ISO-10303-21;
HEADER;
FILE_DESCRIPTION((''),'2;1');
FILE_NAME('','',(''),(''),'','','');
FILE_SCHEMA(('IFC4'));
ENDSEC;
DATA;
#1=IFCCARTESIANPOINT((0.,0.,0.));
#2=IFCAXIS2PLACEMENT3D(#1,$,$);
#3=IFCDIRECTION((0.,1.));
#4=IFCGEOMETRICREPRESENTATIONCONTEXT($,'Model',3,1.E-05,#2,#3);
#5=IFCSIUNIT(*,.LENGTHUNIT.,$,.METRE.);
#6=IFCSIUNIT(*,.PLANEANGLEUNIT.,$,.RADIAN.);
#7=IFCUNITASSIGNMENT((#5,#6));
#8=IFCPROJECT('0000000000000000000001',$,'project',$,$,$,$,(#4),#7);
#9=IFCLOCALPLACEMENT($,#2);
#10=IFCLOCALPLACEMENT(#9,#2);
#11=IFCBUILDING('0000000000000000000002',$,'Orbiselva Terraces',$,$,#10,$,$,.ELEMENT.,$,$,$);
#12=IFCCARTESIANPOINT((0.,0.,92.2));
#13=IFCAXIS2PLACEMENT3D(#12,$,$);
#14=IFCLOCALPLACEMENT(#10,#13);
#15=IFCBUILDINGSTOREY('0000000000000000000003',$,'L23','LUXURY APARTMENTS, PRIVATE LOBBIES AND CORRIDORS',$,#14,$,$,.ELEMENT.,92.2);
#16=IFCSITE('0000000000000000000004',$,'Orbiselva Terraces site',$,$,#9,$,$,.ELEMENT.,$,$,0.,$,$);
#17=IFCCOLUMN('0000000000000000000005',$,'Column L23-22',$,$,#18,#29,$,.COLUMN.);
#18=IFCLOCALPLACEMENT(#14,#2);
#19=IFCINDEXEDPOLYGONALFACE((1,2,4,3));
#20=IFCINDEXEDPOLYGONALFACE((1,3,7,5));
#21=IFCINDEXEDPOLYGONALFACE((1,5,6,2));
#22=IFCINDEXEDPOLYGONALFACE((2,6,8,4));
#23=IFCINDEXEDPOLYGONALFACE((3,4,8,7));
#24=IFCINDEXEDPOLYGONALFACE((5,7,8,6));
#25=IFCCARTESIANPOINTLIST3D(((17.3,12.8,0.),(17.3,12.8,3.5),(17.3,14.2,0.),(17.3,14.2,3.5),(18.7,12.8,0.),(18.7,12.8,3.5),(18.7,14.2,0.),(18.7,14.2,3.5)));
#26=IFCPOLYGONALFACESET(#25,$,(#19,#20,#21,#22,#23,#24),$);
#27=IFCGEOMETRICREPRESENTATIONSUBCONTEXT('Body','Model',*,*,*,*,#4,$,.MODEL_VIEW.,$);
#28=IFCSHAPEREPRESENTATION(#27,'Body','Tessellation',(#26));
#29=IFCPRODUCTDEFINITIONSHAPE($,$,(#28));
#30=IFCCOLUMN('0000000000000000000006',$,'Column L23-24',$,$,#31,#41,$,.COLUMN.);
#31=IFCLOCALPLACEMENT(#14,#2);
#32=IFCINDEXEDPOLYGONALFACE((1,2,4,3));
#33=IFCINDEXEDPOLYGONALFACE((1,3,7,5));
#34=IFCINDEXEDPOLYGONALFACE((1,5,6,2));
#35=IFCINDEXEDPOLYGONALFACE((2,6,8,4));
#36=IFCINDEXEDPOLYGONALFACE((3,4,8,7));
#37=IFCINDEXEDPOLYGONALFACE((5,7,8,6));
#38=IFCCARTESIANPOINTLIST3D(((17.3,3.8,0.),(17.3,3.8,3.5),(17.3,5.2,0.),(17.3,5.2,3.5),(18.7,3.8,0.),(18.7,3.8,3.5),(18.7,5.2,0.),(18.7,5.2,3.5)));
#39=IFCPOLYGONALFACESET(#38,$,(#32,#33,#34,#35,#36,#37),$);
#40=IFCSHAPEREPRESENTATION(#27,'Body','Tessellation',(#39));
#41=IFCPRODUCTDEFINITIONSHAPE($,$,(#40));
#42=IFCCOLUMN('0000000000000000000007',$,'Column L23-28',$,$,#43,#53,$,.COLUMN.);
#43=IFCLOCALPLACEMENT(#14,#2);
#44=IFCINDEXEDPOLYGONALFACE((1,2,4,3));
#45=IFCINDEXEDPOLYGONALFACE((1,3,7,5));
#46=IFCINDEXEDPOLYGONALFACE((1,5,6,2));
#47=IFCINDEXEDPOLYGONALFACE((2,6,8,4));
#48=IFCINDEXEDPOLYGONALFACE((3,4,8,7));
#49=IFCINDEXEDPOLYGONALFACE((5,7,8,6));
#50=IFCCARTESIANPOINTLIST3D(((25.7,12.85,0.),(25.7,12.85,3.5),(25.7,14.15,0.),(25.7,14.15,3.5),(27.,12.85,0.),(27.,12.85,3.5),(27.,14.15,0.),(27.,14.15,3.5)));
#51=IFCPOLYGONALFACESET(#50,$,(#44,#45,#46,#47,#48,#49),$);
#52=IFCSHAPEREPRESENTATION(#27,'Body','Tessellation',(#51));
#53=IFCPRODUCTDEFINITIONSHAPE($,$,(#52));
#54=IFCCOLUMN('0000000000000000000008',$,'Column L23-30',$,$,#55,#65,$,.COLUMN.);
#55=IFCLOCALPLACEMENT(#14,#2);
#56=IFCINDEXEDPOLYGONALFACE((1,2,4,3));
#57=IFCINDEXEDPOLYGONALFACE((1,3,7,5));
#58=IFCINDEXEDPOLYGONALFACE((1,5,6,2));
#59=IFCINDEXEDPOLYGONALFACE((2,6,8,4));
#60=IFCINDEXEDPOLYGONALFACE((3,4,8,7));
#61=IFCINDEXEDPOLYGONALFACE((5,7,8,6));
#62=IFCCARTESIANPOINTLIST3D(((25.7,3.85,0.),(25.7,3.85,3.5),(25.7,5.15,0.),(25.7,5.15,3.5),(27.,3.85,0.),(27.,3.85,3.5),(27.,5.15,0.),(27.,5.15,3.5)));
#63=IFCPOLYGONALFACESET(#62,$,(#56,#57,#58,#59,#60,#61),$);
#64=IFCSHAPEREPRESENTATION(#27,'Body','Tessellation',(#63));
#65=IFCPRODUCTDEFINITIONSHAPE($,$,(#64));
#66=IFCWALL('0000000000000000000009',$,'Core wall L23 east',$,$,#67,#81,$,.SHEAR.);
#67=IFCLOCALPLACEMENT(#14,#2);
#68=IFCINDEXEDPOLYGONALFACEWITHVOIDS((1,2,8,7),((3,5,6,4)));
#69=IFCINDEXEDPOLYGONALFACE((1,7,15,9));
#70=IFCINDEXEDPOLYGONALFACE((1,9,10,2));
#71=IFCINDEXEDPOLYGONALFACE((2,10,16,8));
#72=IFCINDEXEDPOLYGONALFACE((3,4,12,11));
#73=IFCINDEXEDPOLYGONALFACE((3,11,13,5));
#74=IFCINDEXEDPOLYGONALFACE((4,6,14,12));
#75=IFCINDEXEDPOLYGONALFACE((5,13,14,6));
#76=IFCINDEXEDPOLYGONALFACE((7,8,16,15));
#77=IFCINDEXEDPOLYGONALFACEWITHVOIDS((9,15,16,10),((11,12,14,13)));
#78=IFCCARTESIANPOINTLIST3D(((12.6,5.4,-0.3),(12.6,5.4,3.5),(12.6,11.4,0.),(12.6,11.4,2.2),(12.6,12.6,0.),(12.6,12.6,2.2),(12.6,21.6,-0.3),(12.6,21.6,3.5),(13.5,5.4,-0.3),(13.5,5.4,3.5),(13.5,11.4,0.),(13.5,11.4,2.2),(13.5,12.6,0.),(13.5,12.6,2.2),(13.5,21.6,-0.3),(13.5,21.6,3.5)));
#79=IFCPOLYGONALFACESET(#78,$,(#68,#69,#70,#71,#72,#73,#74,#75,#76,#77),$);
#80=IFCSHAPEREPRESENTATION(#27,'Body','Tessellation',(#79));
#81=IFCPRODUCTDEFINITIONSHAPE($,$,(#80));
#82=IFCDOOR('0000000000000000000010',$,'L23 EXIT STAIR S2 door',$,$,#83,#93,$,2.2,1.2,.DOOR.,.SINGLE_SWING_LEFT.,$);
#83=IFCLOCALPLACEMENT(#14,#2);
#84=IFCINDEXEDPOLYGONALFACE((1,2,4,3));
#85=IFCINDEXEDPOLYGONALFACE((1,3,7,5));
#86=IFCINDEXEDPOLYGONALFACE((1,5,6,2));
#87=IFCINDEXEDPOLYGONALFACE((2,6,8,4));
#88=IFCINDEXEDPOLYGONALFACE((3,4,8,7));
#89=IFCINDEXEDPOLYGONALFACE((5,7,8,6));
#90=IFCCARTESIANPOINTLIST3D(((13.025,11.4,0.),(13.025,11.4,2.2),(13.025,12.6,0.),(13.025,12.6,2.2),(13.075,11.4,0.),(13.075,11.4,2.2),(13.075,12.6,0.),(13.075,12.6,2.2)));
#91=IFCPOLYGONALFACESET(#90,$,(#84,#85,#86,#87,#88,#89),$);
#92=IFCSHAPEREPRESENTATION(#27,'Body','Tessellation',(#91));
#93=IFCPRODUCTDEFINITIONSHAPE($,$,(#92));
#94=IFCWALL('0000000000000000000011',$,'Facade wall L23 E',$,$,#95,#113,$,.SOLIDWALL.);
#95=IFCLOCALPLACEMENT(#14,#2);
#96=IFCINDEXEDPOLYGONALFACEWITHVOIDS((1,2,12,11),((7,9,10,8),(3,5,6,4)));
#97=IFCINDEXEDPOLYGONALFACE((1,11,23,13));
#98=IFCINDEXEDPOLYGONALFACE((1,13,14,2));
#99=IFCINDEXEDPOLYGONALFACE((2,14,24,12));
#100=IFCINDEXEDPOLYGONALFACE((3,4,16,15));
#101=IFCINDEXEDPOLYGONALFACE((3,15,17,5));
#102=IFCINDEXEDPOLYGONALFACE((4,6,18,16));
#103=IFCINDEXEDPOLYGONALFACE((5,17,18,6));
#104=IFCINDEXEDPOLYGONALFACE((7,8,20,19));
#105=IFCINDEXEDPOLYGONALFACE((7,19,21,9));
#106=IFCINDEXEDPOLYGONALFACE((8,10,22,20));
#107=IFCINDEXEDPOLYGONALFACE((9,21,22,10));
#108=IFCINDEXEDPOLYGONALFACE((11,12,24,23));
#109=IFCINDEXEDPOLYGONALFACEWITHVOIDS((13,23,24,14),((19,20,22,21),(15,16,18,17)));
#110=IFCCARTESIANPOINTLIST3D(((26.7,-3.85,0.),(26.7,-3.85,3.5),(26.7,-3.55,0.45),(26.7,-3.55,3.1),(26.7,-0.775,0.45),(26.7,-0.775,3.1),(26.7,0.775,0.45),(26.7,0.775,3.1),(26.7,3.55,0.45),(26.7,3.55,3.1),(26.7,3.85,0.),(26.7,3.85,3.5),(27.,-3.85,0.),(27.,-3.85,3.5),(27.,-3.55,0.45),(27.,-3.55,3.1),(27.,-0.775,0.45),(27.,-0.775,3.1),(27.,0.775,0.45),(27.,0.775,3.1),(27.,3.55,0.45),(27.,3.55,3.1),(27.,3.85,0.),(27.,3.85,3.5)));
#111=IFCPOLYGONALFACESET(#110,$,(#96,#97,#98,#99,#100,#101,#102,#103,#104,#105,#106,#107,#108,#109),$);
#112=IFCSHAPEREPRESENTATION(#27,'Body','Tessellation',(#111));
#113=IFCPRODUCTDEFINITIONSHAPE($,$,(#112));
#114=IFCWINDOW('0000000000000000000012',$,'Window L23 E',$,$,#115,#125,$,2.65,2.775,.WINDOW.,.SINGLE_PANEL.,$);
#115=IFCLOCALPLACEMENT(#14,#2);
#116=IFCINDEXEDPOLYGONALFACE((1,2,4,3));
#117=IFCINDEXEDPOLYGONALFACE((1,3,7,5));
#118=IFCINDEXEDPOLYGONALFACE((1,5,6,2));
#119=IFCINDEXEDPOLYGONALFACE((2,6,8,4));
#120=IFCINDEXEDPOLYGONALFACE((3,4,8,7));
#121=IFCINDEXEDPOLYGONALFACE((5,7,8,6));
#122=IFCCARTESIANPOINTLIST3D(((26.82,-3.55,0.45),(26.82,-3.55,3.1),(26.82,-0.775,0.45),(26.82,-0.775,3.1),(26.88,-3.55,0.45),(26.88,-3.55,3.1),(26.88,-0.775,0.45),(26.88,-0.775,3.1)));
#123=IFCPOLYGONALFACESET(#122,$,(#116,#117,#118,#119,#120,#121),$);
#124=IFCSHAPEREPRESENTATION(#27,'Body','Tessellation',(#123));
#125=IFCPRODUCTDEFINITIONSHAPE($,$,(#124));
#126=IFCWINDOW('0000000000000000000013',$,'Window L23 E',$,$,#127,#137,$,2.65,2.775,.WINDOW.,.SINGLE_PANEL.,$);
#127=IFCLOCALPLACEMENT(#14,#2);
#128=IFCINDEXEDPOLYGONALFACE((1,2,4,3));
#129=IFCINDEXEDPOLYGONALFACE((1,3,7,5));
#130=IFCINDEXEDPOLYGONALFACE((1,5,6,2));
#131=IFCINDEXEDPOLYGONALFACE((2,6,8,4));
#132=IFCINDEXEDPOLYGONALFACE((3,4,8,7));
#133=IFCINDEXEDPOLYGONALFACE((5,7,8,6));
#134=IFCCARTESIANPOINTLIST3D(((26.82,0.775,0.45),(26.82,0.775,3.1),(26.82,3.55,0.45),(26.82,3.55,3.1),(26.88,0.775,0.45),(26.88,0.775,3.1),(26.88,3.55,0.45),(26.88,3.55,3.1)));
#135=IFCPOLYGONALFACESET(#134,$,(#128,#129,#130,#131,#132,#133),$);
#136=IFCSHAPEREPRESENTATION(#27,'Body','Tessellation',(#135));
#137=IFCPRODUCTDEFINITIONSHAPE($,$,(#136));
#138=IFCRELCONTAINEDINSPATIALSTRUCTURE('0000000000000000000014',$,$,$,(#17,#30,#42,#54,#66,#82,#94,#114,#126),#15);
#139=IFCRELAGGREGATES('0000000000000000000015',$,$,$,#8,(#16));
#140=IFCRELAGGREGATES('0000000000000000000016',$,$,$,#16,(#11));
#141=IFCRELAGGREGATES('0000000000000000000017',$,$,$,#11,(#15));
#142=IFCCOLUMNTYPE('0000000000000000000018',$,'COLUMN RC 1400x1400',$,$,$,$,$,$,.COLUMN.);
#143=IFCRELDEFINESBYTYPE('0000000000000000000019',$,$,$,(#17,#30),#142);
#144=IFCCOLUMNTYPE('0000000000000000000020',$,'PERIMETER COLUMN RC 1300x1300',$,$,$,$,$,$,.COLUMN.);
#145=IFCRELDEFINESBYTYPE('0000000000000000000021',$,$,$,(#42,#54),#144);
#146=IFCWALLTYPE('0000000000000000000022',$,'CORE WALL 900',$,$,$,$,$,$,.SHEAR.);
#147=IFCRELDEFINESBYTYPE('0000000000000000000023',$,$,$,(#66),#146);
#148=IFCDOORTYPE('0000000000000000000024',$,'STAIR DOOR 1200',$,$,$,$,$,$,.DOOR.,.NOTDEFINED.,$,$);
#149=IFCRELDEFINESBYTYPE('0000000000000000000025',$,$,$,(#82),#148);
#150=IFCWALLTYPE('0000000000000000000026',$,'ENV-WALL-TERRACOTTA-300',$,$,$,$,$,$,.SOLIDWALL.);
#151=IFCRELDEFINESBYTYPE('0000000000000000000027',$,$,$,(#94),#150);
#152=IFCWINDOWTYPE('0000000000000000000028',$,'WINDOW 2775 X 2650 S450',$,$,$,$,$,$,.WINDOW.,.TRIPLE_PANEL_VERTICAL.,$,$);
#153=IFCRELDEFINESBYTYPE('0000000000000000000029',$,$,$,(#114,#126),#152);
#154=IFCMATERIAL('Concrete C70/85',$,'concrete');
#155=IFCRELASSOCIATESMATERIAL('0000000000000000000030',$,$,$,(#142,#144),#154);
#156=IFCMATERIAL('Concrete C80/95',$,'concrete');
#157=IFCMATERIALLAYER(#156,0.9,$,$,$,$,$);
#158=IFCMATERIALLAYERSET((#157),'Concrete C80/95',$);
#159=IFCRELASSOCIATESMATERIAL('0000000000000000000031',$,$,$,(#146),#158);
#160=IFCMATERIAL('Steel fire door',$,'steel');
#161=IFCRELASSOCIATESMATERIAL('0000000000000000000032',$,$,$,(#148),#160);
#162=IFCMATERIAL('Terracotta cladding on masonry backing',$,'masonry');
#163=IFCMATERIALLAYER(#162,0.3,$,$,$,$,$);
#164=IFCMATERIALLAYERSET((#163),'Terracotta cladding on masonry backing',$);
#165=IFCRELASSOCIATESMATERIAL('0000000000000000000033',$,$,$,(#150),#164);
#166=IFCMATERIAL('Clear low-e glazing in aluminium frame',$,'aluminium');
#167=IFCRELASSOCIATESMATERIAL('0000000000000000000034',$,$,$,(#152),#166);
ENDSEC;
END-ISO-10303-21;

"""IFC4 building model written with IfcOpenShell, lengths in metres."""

from ifc_helpers import new_model, si_unit, direction, frame, frame_2d, origin, origin_2d, place, context, subcontext, project, spatial, rectangle, extrude, material, layer, layer_set, material_profile, profile_set, type_object, element, fill, save


model = new_model("IFC4")

# Units and contexts
model_context = context("Model", 3, precision=1e-05, world=origin(), true_north=direction((0.0, 1.0)))
body_context = subcontext(model_context, "Body", "Model", "MODEL_VIEW")
ifc_project = project(units=[si_unit("LENGTHUNIT", "METRE"), si_unit("PLANEANGLEUNIT", "RADIAN")], contexts=[model_context])

# Site, building, storey
site_placement = place(None, origin())
site = spatial("IfcSite", under=ifc_project, at=site_placement, Name="Orbiselva Terraces site", CompositionType="ELEMENT", RefElevation=0.0)
building_placement = place(site_placement, origin())
building = spatial("IfcBuilding", under=site, at=building_placement, Name="Orbiselva Terraces", CompositionType="ELEMENT")
storey_placement = place(building_placement, frame((0.0, 0.0, 92.2)))
storey = spatial("IfcBuildingStorey", under=building, at=storey_placement, Name="L23", Description="LUXURY APARTMENTS, PRIVATE LOBBIES AND CORRIDORS", CompositionType="ELEMENT", Elevation=92.2)

# Columns
ifc_material_1 = material(Name="Concrete C70/85", Category="concrete")
ifc_material_profile_1 = material_profile(ifc_material_1, rectangle(XDim=1.4, YDim=1.4, at=origin_2d()), Name="RC 1400x1400")
ifc_profile_set_1 = profile_set([ifc_material_profile_1], Name="Concrete C70/85")
column_type_1 = type_object("IfcColumnType", Name="COLUMN RC 1400x1400", PredefinedType="COLUMN", material=ifc_profile_set_1)
for number, where, z_axis, x_axis, name in (
    (1, (18.0, 13.5, 0.0), (0.0, 0.0, 1.0), (1.0, 0.0, 0.0), "Column L23-22"),
    (2, (18.0, 4.5, 0.0), (0.0, 0.0, 1.0), (1.0, 0.0, 0.0), "Column L23-24"),
):
    element("IfcColumn", number, at=place(storey_placement, frame(where, z_axis=z_axis, x_axis=x_axis)), inside=storey, type_object=column_type_1, Name=name, PredefinedType="COLUMN", context=body_context, shape_type="SweptSolid", body=[
        extrude(rectangle(XDim=1.4, YDim=1.4, at=origin_2d()), origin(), (0.0, 0.0, 1.0), 3.5),
    ])
ifc_material_profile_2 = material_profile(ifc_material_1, rectangle(XDim=1.3, YDim=1.3, at=origin_2d()), Name="RC 1300x1300")
ifc_profile_set_2 = profile_set([ifc_material_profile_2], Name="Concrete C70/85")
column_type_2 = type_object("IfcColumnType", Name="PERIMETER COLUMN RC 1300x1300", PredefinedType="COLUMN", material=ifc_profile_set_2)
for number, where, z_axis, x_axis, name in (
    (3, (26.35, 13.5, 0.0), (0.0, 0.0, 1.0), (1.0, 0.0, 0.0), "Column L23-28"),
    (4, (26.35, 4.5, 0.0), (0.0, 0.0, 1.0), (1.0, 0.0, 0.0), "Column L23-30"),
):
    element("IfcColumn", number, at=place(storey_placement, frame(where, z_axis=z_axis, x_axis=x_axis)), inside=storey, type_object=column_type_2, Name=name, PredefinedType="COLUMN", context=body_context, shape_type="SweptSolid", body=[
        extrude(rectangle(XDim=1.3, YDim=1.3, at=origin_2d()), origin(), (0.0, 0.0, 1.0), 3.5),
    ])

# Wall, opening, door
ifc_material_2 = material(Name="Concrete C80/95", Category="concrete")
ifc_layer_1 = layer(ifc_material_2, 0.9)
ifc_layer_set_1 = layer_set([ifc_layer_1], Name="Concrete C80/95")
wall_type_1 = type_object("IfcWallType", Name="CORE WALL 900", PredefinedType="SHEAR", material=ifc_layer_set_1)
wall_1_placement = place(storey_placement, frame((13.05, 5.4, -0.3), z_axis=(0.0, 0.0, 1.0), x_axis=(0.0, 1.0, 0.0)))
wall_1 = element("IfcWall", 5, at=wall_1_placement, inside=storey, type_object=wall_type_1, Name="Core wall L23 east", PredefinedType="SHEAR", context=body_context, shape_type="SweptSolid", body=[
    extrude(rectangle(XDim=16.2, YDim=0.9, at=frame_2d((8.1, 0.0))), origin(), (0.0, 0.0, 1.0), 3.8),
])
opening_1_placement = place(wall_1_placement, frame((6.0, 0.0, 0.3)))
opening_1 = element("IfcOpeningElement", 6, at=opening_1_placement, cuts=wall_1, PredefinedType="OPENING", context=body_context, shape_type="SweptSolid", body=[
    extrude(rectangle(XDim=1.2, YDim=2.2, at=frame_2d((0.6, 1.1))), frame((0.0, 0.46, 0.0), z_axis=(0.0, -1.0, 0.0), x_axis=(1.0, 0.0, 0.0)), (0.0, 0.0, 1.0), 0.92),
])
ifc_material_3 = material(Name="Steel fire door", Category="steel")
door_type_1 = type_object("IfcDoorType", Name="STAIR DOOR 1200", OperationType="NOTDEFINED", PredefinedType="DOOR", material=ifc_material_3)
door_1_placement = place(opening_1_placement, frame((1.2, 0.0, 0.0), z_axis=(0.0, 0.0, 1.0), x_axis=(-1.0, 0.0, 0.0)))
door_1 = element("IfcDoor", 7, at=door_1_placement, inside=storey, type_object=door_type_1, Name="L23 EXIT STAIR S2 door", OperationType="SINGLE_SWING_LEFT", OverallHeight=2.2, OverallWidth=1.2, PredefinedType="DOOR", context=body_context, shape_type="SweptSolid", body=[
    extrude(rectangle(XDim=1.2, YDim=2.2, at=frame_2d((0.6, 1.1))), frame((0.0, 0.025, 0.0), z_axis=(0.0, -1.0, 0.0), x_axis=(1.0, 0.0, 0.0)), (0.0, 0.0, 1.0), 0.05),
])
fill(opening_1, door_1)

# Wall, openings, windows
ifc_material_4 = material(Name="Terracotta cladding on masonry backing", Category="masonry")
ifc_layer_2 = layer(ifc_material_4, 0.3)
ifc_layer_set_2 = layer_set([ifc_layer_2], Name="Terracotta cladding on masonry backing")
wall_type_2 = type_object("IfcWallType", Name="ENV-WALL-TERRACOTTA-300", PredefinedType="SOLIDWALL", material=ifc_layer_set_2)
wall_2_placement = place(storey_placement, frame((26.85, 3.85, 0.0), z_axis=(0.0, 0.0, 1.0), x_axis=(0.0, -1.0, 0.0)))
wall_2 = element("IfcWall", 8, at=wall_2_placement, inside=storey, type_object=wall_type_2, Name="Facade wall L23 E", PredefinedType="SOLIDWALL", context=body_context, shape_type="SweptSolid", body=[
    extrude(rectangle(XDim=7.7, YDim=0.3, at=frame_2d((3.85, 0.0))), origin(), (0.0, 0.0, 1.0), 3.5),
])
opening_2_placement = place(wall_2_placement, frame((4.625, 0.0, 0.45)))
opening_2 = element("IfcOpeningElement", 9, at=opening_2_placement, cuts=wall_2, PredefinedType="OPENING", context=body_context, shape_type="SweptSolid", body=[
    extrude(rectangle(XDim=2.775, YDim=2.65, at=frame_2d((1.3875, 1.325))), frame((0.0, 0.16, 0.0), z_axis=(0.0, -1.0, 0.0), x_axis=(1.0, 0.0, 0.0)), (0.0, 0.0, 1.0), 0.32),
])
opening_3_placement = place(wall_2_placement, frame((0.3, 0.0, 0.45)))
opening_3 = element("IfcOpeningElement", 10, at=opening_3_placement, cuts=wall_2, PredefinedType="OPENING", context=body_context, shape_type="SweptSolid", body=[
    extrude(rectangle(XDim=2.775, YDim=2.65, at=frame_2d((1.3875, 1.325))), frame((0.0, 0.16, 0.0), z_axis=(0.0, -1.0, 0.0), x_axis=(1.0, 0.0, 0.0)), (0.0, 0.0, 1.0), 0.32),
])
ifc_material_5 = material(Name="Clear low-e glazing in aluminium frame", Category="aluminium")
window_type = type_object("IfcWindowType", Name="WINDOW 2775 X 2650 S450", PartitioningType="TRIPLE_PANEL_VERTICAL", PredefinedType="WINDOW", material=ifc_material_5)
window_1_placement = place(opening_2_placement, origin())
window_1 = element("IfcWindow", 11, at=window_1_placement, inside=storey, type_object=window_type, Name="Window L23 E", OverallHeight=2.65, OverallWidth=2.775, PartitioningType="SINGLE_PANEL", PredefinedType="WINDOW", context=body_context, shape_type="SweptSolid", body=[
    extrude(rectangle(XDim=2.775, YDim=2.65, at=frame_2d((1.3875, 1.325))), frame((0.0, 0.03, 0.0), z_axis=(0.0, -1.0, 0.0), x_axis=(1.0, 0.0, 0.0)), (0.0, 0.0, 1.0), 0.06),
])
fill(opening_2, window_1)
window_2_placement = place(opening_3_placement, origin())
window_2 = element("IfcWindow", 12, at=window_2_placement, inside=storey, type_object=window_type, Name="Window L23 E", OverallHeight=2.65, OverallWidth=2.775, PartitioningType="SINGLE_PANEL", PredefinedType="WINDOW", context=body_context, shape_type="SweptSolid", body=[
    extrude(rectangle(XDim=2.775, YDim=2.65, at=frame_2d((1.3875, 1.325))), frame((0.0, 0.03, 0.0), z_axis=(0.0, -1.0, 0.0), x_axis=(1.0, 0.0, 0.0)), (0.0, 0.0, 1.0), 0.06),
])
fill(opening_3, window_2)

save(model, "model.ifc")
